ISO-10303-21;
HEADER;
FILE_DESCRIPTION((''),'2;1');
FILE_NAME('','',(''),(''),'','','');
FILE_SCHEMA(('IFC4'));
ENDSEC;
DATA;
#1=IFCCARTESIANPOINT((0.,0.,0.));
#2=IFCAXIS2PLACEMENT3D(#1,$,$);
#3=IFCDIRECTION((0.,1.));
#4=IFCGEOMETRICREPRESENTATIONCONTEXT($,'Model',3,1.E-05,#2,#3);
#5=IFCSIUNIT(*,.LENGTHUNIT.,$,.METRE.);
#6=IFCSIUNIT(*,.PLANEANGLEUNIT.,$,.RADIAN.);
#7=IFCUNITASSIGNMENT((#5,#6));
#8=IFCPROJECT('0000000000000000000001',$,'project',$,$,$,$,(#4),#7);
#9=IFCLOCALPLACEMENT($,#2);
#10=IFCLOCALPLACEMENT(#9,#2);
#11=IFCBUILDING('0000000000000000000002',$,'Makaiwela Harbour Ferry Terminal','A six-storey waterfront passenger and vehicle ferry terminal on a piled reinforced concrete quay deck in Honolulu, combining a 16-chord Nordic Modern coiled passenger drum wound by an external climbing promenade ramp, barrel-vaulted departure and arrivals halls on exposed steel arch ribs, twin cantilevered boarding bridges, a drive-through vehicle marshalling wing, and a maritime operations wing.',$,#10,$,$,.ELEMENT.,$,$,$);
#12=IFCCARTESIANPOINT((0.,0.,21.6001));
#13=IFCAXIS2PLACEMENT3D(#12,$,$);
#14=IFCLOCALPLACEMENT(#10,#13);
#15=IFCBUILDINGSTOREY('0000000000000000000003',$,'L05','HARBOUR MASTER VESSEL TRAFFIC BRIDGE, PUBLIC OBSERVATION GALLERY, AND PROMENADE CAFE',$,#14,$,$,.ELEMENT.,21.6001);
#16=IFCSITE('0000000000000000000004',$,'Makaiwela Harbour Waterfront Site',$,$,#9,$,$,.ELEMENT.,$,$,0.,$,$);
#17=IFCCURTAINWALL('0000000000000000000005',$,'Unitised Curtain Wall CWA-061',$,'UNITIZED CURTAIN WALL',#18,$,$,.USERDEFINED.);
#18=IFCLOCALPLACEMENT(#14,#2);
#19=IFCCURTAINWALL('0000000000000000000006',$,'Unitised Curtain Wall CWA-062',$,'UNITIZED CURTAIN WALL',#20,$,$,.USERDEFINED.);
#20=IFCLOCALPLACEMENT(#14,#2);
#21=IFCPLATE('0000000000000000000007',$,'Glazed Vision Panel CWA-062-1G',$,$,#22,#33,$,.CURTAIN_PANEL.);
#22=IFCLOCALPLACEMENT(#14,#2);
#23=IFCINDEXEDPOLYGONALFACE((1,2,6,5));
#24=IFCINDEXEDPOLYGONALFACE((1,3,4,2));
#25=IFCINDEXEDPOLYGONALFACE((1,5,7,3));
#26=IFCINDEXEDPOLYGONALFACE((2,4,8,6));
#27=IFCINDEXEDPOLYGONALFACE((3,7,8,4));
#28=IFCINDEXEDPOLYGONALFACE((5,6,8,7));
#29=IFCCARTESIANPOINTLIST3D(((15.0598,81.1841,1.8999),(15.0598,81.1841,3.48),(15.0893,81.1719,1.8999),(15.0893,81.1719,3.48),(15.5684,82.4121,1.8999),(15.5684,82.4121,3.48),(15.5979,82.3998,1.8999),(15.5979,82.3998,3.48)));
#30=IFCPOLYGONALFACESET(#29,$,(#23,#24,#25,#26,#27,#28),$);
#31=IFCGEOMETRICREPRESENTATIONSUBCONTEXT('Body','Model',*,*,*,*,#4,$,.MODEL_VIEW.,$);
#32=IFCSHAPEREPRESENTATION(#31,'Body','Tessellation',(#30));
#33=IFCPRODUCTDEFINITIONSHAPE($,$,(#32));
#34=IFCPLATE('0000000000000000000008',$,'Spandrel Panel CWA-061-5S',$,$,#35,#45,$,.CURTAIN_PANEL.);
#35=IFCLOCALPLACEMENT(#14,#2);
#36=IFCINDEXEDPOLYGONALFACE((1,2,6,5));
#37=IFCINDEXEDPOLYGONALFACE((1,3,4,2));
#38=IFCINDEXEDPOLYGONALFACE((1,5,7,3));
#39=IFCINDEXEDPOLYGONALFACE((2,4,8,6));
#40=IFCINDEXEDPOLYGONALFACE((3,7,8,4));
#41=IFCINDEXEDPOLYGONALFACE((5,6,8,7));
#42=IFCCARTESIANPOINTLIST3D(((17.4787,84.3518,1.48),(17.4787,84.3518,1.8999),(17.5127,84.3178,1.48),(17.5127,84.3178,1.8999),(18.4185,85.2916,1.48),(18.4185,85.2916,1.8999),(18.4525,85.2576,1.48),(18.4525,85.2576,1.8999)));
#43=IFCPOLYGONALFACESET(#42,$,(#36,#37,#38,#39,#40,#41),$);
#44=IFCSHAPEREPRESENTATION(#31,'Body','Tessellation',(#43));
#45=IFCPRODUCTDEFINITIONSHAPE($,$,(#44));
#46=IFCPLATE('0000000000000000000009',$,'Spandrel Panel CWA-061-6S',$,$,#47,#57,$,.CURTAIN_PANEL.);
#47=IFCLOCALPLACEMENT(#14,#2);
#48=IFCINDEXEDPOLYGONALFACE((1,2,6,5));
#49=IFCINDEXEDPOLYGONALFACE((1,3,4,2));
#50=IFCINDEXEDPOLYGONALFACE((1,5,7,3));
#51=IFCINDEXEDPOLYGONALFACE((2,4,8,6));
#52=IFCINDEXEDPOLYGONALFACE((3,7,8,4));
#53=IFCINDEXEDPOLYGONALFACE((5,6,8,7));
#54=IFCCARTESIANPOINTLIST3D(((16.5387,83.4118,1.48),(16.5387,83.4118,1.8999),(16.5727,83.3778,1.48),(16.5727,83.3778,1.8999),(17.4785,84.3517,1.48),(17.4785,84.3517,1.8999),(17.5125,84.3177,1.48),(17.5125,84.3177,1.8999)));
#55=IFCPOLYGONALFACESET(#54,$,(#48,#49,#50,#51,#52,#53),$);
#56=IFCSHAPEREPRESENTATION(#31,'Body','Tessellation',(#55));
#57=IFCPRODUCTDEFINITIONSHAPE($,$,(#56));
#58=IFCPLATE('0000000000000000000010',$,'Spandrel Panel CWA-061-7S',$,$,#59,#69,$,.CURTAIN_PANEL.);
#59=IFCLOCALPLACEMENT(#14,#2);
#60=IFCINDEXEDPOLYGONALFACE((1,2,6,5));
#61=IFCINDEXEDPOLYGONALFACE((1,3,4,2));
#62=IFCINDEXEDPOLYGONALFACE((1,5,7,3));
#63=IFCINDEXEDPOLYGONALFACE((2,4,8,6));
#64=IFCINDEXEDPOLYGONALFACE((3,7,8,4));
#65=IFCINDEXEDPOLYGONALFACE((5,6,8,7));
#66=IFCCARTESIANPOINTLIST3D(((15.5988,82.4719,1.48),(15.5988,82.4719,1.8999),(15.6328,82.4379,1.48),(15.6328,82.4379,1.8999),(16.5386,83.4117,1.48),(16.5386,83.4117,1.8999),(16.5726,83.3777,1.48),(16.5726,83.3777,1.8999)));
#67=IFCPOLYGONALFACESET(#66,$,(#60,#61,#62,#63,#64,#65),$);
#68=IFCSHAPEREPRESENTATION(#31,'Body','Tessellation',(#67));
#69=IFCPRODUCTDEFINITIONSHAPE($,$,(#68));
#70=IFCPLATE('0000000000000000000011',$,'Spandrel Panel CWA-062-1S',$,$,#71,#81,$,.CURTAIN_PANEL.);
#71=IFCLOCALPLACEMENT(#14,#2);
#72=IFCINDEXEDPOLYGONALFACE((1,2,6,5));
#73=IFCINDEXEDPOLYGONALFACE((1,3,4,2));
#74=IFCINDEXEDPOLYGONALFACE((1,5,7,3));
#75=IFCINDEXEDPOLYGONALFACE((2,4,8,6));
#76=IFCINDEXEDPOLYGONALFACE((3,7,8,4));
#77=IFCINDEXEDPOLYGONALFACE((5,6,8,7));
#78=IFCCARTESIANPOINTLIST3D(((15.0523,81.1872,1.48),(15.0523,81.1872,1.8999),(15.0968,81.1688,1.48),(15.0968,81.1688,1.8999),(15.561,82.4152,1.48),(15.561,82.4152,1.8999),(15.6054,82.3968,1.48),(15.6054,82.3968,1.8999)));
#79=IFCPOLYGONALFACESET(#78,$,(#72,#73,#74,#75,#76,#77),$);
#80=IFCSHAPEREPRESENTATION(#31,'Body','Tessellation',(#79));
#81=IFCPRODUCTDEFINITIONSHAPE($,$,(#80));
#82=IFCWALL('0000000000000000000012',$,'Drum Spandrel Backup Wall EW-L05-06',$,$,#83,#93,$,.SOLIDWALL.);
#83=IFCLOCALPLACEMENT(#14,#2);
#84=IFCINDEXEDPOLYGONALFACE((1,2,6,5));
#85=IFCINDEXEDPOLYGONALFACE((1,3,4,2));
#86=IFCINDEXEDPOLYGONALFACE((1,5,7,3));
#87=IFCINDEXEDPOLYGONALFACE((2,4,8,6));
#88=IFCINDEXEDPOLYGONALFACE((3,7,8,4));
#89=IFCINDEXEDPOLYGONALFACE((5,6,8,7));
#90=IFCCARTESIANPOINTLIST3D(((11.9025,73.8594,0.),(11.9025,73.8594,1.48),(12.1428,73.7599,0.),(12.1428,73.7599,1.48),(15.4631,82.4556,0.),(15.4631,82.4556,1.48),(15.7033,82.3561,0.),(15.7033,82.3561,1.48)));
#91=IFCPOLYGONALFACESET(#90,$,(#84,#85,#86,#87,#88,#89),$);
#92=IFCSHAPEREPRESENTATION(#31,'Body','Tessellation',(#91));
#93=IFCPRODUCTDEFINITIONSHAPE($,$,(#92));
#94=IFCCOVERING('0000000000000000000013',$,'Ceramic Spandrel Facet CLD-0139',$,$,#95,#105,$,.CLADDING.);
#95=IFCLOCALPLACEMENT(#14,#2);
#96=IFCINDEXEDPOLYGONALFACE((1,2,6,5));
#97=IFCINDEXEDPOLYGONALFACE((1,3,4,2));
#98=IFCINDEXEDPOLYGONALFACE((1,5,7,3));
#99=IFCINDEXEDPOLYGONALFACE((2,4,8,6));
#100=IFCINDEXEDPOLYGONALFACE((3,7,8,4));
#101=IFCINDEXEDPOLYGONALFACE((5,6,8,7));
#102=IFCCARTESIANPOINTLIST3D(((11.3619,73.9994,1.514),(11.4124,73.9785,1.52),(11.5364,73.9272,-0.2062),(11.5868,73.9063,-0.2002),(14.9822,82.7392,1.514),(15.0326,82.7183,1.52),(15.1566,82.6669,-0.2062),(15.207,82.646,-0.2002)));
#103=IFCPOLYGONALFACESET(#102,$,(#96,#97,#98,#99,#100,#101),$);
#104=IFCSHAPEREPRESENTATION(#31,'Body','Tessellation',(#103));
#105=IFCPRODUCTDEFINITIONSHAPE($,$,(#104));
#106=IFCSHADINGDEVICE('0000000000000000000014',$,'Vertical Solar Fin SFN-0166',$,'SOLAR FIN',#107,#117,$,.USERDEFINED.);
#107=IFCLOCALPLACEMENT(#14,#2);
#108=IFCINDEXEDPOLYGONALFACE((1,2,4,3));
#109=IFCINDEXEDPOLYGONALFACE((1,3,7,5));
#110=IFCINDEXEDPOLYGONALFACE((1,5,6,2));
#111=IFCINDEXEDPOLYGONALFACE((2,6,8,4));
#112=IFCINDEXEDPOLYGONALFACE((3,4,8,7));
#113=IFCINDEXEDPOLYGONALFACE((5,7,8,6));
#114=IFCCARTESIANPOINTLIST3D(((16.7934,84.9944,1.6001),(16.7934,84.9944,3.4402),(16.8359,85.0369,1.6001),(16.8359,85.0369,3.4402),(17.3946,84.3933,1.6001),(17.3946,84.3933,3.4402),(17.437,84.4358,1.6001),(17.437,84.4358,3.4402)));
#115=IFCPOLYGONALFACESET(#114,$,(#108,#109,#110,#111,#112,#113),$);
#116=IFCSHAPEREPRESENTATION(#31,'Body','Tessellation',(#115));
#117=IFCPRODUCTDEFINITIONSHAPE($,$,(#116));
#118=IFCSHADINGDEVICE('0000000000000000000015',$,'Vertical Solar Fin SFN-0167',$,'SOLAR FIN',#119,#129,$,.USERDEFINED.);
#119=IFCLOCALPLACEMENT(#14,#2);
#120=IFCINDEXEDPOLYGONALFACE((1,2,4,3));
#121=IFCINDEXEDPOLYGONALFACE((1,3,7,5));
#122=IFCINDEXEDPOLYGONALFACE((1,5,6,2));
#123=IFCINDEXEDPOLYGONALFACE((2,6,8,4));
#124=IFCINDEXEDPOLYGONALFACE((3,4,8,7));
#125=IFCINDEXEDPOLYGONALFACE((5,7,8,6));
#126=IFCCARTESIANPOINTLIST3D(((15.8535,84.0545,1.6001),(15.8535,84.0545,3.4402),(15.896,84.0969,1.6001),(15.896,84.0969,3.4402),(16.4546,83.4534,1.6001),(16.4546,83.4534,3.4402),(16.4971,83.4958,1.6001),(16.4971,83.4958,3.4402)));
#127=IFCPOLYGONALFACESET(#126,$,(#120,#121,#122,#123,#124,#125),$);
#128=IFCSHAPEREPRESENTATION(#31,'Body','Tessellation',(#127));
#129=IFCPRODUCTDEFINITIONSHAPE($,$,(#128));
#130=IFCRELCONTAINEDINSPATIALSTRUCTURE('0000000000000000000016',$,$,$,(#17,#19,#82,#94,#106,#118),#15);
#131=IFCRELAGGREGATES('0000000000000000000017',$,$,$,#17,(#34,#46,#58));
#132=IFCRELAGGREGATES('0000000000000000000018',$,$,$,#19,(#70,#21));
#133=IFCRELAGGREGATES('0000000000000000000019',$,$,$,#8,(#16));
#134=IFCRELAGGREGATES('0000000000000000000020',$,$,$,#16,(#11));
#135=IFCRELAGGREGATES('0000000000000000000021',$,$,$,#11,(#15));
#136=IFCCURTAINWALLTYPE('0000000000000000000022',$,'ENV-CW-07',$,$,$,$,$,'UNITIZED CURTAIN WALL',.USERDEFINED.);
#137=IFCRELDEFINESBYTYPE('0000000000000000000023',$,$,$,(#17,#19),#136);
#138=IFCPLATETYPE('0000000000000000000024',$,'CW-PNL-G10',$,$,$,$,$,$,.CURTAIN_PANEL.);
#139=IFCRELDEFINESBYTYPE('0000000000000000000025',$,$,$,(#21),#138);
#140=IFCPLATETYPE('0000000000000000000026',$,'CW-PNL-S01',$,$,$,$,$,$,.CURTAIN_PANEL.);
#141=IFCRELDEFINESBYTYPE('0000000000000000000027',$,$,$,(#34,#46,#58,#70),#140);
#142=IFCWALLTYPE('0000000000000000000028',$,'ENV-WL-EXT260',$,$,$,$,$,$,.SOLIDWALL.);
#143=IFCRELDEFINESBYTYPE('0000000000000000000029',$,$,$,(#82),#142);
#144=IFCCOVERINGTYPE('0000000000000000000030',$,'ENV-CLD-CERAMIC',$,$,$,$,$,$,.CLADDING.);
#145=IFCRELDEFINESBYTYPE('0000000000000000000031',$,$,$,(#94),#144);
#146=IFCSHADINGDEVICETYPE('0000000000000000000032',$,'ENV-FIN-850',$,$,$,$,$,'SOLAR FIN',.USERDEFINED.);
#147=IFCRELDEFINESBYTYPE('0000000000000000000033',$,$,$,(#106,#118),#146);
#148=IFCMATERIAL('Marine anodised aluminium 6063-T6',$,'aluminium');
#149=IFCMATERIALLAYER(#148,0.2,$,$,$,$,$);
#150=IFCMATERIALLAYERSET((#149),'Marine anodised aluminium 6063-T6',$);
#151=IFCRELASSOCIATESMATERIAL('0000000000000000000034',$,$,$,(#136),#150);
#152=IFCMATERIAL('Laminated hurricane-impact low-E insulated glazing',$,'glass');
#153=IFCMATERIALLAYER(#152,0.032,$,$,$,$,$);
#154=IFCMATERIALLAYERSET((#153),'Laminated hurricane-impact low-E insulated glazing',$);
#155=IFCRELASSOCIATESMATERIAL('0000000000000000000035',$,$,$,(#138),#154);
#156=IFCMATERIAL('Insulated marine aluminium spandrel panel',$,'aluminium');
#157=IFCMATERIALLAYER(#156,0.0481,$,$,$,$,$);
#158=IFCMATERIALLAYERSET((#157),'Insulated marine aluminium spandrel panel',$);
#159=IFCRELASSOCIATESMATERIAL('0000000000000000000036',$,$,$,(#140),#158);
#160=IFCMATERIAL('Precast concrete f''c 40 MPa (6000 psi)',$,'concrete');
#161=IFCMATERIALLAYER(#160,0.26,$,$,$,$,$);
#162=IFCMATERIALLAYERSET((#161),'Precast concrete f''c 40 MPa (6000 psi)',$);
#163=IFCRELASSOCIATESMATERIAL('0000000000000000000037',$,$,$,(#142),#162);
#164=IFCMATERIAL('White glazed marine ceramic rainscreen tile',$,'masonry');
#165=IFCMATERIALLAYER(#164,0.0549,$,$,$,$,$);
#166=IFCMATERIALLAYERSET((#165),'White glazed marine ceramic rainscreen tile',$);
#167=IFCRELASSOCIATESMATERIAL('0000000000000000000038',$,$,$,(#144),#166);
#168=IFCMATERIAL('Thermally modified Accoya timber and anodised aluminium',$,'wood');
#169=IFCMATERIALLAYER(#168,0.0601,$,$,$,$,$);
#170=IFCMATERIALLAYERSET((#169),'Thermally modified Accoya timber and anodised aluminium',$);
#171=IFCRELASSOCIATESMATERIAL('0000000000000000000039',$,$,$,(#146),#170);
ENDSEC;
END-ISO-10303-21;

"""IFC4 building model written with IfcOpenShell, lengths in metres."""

from ifc_helpers import new_model, si_unit, direction, frame, frame_2d, origin, origin_2d, place, context, subcontext, project, spatial, polyline, rectangle, outline, extrude, material, layer, layer_set, type_object, element, aggregate, save


model = new_model("IFC4")

# Units and contexts
model_context = context("Model", 3, precision=1e-05, world=origin(), true_north=direction((0.0, 1.0)))
body_context = subcontext(model_context, "Body", "Model", "MODEL_VIEW")
ifc_project = project(units=[si_unit("LENGTHUNIT", "METRE"), si_unit("PLANEANGLEUNIT", "RADIAN")], contexts=[model_context])

# Site, building, storey
site_placement = place(None, origin())
site = spatial("IfcSite", under=ifc_project, at=site_placement, Name="Makaiwela Harbour Waterfront Site", CompositionType="ELEMENT", RefElevation=0.0)
building_placement = place(site_placement, origin())
building = spatial("IfcBuilding", under=site, at=building_placement, Name="Makaiwela Harbour Ferry Terminal", Description="A six-storey waterfront passenger and vehicle ferry terminal on a piled reinforced concrete quay deck in Honolulu, combining a 16-chord Nordic Modern coiled passenger drum wound by an external climbing promenade ramp, barrel-vaulted departure and arrivals halls on exposed steel arch ribs, twin cantilevered boarding bridges, a drive-through vehicle marshalling wing, and a maritime operations wing.", CompositionType="ELEMENT")
storey_placement = place(building_placement, frame((0.0, 0.0, 21.6001)))
storey = spatial("IfcBuildingStorey", under=building, at=storey_placement, Name="L05", Description="HARBOUR MASTER VESSEL TRAFFIC BRIDGE, PUBLIC OBSERVATION GALLERY, AND PROMENADE CAFE", CompositionType="ELEMENT", Elevation=21.6001)

# Curtain wall
ifc_material_1 = material(Name="Marine anodised aluminium 6063-T6", Category="aluminium")
ifc_layer_1 = layer(ifc_material_1, 0.2)
ifc_layer_set_1 = layer_set([ifc_layer_1], Name="Marine anodised aluminium 6063-T6")
curtain_wall_type = type_object("IfcCurtainWallType", Name="ENV-CW-07", ElementType="UNITIZED CURTAIN WALL", PredefinedType="USERDEFINED", material=ifc_layer_set_1)
curtain_wall_1_placement = place(storey_placement, origin())
curtain_wall_1 = element("IfcCurtainWall", 1, at=curtain_wall_1_placement, inside=storey, type_object=curtain_wall_type, Name="Unitised Curtain Wall CWA-061", ObjectType="UNITIZED CURTAIN WALL", PredefinedType="USERDEFINED")

# Curtain wall
curtain_wall_2_placement = place(storey_placement, origin())
curtain_wall_2 = element("IfcCurtainWall", 2, at=curtain_wall_2_placement, inside=storey, type_object=curtain_wall_type, Name="Unitised Curtain Wall CWA-062", ObjectType="UNITIZED CURTAIN WALL", PredefinedType="USERDEFINED")

# Plates
ifc_material_2 = material(Name="Laminated hurricane-impact low-E insulated glazing", Category="glass")
ifc_layer_2 = layer(ifc_material_2, 0.032)
ifc_layer_set_2 = layer_set([ifc_layer_2], Name="Laminated hurricane-impact low-E insulated glazing")
plate_type_1 = type_object("IfcPlateType", Name="CW-PNL-G10", PredefinedType="CURTAIN_PANEL", material=ifc_layer_set_2)
plate_1_placement = place(storey_placement, frame((15.3289, 81.792, 1.8999), z_axis=(0.0, 0.0, 1.0), x_axis=(-0.382683, -0.92388, 0.0)))
plate_1 = element("IfcPlate", 3, at=plate_1_placement, type_object=plate_type_1, Name="Glazed Vision Panel CWA-062-1G", PredefinedType="CURTAIN_PANEL", context=body_context, shape_type="SweptSolid", body=[
    extrude(rectangle(XDim=1.3291, YDim=0.032, at=origin_2d()), origin(), (0.0, 0.0, 1.0), 1.5801),
])
ifc_material_3 = material(Name="Insulated marine aluminium spandrel panel", Category="aluminium")
ifc_layer_3 = layer(ifc_material_3, 0.0481)
ifc_layer_set_3 = layer_set([ifc_layer_3], Name="Insulated marine aluminium spandrel panel")
plate_type_2 = type_object("IfcPlateType", Name="CW-PNL-S01", PredefinedType="CURTAIN_PANEL", material=ifc_layer_set_3)
plate_2_placement = place(storey_placement, frame((17.9656, 84.8047, 1.48), z_axis=(0.0, 0.0, 1.0), x_axis=(-0.707107, -0.707107, 0.0)))
plate_2 = element("IfcPlate", 4, at=plate_2_placement, type_object=plate_type_2, Name="Spandrel Panel CWA-061-5S", PredefinedType="CURTAIN_PANEL", context=body_context, shape_type="SweptSolid", body=[
    extrude(rectangle(XDim=1.3291, YDim=0.0481, at=origin_2d()), origin(), (0.0, 0.0, 1.0), 0.4199),
])
plate_3_placement = place(storey_placement, frame((17.0256, 83.8647, 1.48), z_axis=(0.0, 0.0, 1.0), x_axis=(-0.707107, -0.707107, 0.0)))
plate_3 = element("IfcPlate", 5, at=plate_3_placement, type_object=plate_type_2, Name="Spandrel Panel CWA-061-6S", PredefinedType="CURTAIN_PANEL", context=body_context, shape_type="SweptSolid", body=[
    extrude(rectangle(XDim=1.3291, YDim=0.0481, at=origin_2d()), origin(), (0.0, 0.0, 1.0), 0.4199),
])
plate_4_placement = place(storey_placement, frame((16.0857, 82.9248, 1.48), z_axis=(0.0, 0.0, 1.0), x_axis=(-0.707107, -0.707107, 0.0)))
plate_4 = element("IfcPlate", 6, at=plate_4_placement, type_object=plate_type_2, Name="Spandrel Panel CWA-061-7S", PredefinedType="CURTAIN_PANEL", context=body_context, shape_type="SweptSolid", body=[
    extrude(rectangle(XDim=1.3291, YDim=0.0481, at=origin_2d()), origin(), (0.0, 0.0, 1.0), 0.4199),
])
aggregate(curtain_wall_1, [plate_2, plate_3, plate_4])
plate_5_placement = place(storey_placement, frame((15.3289, 81.792, 1.48), z_axis=(0.0, 0.0, 1.0), x_axis=(-0.382683, -0.92388, 0.0)))
plate_5 = element("IfcPlate", 7, at=plate_5_placement, type_object=plate_type_2, Name="Spandrel Panel CWA-062-1S", PredefinedType="CURTAIN_PANEL", context=body_context, shape_type="SweptSolid", body=[
    extrude(rectangle(XDim=1.3291, YDim=0.0481, at=origin_2d()), origin(), (0.0, 0.0, 1.0), 0.4199),
])
aggregate(curtain_wall_2, [plate_5, plate_1])

# Wall
ifc_material_4 = material(Name="Precast concrete f'c 40 MPa (6000 psi)", Category="concrete")
ifc_layer_4 = layer(ifc_material_4, 0.26)
ifc_layer_set_4 = layer_set([ifc_layer_4], Name="Precast concrete f'c 40 MPa (6000 psi)")
wall_type = type_object("IfcWallType", Name="ENV-WL-EXT260", PredefinedType="SOLIDWALL", material=ifc_layer_set_4)
wall_placement = place(storey_placement, frame((15.5833, 82.406, 0.0), z_axis=(0.0, 0.0, 1.0), x_axis=(-0.382673, -0.923884, 0.0)))
element("IfcWall", 8, at=wall_placement, inside=storey, type_object=wall_type, Name="Drum Spandrel Backup Wall EW-L05-06", PredefinedType="SOLIDWALL", context=body_context, shape_type="SweptSolid", body=[
    extrude(rectangle(XDim=9.3044, YDim=0.26, at=frame_2d((4.6523, 0.0))), origin(), (0.0, 0.0, 1.0), 1.48),
])

# Covering
ifc_material_5 = material(Name="White glazed marine ceramic rainscreen tile", Category="masonry")
ifc_layer_5 = layer(ifc_material_5, 0.0549)
ifc_layer_set_5 = layer_set([ifc_layer_5], Name="White glazed marine ceramic rainscreen tile")
covering_type = type_object("IfcCoveringType", Name="ENV-CLD-CERAMIC", PredefinedType="CLADDING", material=ifc_layer_set_5)
covering_placement = place(storey_placement, frame((15.207, 82.646, -0.2002), z_axis=(0.91836, -0.380409, 0.109107), x_axis=(-0.382694, -0.923875, -0.000001)))
element("IfcCovering", 9, at=covering_placement, inside=storey, type_object=covering_type, Name="Ceramic Spandrel Facet CLD-0139", PredefinedType="CLADDING", context=body_context, shape_type="SweptSolid", body=[
    extrude(outline(polyline([(0.0, 0.0), (9.4598, 0.0), (9.4599, -1.7306), (-0.0001, -1.7305), (0.0, 0.0)])), origin(), (0.0, 0.0, -1.0), 0.0549),
])

# Shading devices
ifc_material_6 = material(Name="Thermally modified Accoya timber and anodised aluminium", Category="wood")
ifc_layer_6 = layer(ifc_material_6, 0.0601)
ifc_layer_set_6 = layer_set([ifc_layer_6], Name="Thermally modified Accoya timber and anodised aluminium")
shading_device_type = type_object("IfcShadingDeviceType", Name="ENV-FIN-850", ElementType="SOLAR FIN", PredefinedType="USERDEFINED", material=ifc_layer_set_6)
for number, where, z_axis, x_axis, name in (
    (10, (17.1152, 84.7151, 1.6001), (0.0, 0.0, 1.0), (-0.707107, 0.707107, 0.0), "Vertical Solar Fin SFN-0166"),
    (11, (16.1753, 83.7751, 1.6001), (0.0, 0.0, 1.0), (-0.707107, 0.707107, 0.0), "Vertical Solar Fin SFN-0167"),
):
    element("IfcShadingDevice", number, at=place(storey_placement, frame(where, z_axis=z_axis, x_axis=x_axis)), inside=storey, type_object=shading_device_type, Name=name, ObjectType="SOLAR FIN", PredefinedType="USERDEFINED", context=body_context, shape_type="SweptSolid", body=[
        extrude(rectangle(XDim=0.8501, YDim=0.0601, at=origin_2d()), origin(), (0.0, 0.0, 1.0), 1.8401),
    ])

save(model, "model.ifc")
